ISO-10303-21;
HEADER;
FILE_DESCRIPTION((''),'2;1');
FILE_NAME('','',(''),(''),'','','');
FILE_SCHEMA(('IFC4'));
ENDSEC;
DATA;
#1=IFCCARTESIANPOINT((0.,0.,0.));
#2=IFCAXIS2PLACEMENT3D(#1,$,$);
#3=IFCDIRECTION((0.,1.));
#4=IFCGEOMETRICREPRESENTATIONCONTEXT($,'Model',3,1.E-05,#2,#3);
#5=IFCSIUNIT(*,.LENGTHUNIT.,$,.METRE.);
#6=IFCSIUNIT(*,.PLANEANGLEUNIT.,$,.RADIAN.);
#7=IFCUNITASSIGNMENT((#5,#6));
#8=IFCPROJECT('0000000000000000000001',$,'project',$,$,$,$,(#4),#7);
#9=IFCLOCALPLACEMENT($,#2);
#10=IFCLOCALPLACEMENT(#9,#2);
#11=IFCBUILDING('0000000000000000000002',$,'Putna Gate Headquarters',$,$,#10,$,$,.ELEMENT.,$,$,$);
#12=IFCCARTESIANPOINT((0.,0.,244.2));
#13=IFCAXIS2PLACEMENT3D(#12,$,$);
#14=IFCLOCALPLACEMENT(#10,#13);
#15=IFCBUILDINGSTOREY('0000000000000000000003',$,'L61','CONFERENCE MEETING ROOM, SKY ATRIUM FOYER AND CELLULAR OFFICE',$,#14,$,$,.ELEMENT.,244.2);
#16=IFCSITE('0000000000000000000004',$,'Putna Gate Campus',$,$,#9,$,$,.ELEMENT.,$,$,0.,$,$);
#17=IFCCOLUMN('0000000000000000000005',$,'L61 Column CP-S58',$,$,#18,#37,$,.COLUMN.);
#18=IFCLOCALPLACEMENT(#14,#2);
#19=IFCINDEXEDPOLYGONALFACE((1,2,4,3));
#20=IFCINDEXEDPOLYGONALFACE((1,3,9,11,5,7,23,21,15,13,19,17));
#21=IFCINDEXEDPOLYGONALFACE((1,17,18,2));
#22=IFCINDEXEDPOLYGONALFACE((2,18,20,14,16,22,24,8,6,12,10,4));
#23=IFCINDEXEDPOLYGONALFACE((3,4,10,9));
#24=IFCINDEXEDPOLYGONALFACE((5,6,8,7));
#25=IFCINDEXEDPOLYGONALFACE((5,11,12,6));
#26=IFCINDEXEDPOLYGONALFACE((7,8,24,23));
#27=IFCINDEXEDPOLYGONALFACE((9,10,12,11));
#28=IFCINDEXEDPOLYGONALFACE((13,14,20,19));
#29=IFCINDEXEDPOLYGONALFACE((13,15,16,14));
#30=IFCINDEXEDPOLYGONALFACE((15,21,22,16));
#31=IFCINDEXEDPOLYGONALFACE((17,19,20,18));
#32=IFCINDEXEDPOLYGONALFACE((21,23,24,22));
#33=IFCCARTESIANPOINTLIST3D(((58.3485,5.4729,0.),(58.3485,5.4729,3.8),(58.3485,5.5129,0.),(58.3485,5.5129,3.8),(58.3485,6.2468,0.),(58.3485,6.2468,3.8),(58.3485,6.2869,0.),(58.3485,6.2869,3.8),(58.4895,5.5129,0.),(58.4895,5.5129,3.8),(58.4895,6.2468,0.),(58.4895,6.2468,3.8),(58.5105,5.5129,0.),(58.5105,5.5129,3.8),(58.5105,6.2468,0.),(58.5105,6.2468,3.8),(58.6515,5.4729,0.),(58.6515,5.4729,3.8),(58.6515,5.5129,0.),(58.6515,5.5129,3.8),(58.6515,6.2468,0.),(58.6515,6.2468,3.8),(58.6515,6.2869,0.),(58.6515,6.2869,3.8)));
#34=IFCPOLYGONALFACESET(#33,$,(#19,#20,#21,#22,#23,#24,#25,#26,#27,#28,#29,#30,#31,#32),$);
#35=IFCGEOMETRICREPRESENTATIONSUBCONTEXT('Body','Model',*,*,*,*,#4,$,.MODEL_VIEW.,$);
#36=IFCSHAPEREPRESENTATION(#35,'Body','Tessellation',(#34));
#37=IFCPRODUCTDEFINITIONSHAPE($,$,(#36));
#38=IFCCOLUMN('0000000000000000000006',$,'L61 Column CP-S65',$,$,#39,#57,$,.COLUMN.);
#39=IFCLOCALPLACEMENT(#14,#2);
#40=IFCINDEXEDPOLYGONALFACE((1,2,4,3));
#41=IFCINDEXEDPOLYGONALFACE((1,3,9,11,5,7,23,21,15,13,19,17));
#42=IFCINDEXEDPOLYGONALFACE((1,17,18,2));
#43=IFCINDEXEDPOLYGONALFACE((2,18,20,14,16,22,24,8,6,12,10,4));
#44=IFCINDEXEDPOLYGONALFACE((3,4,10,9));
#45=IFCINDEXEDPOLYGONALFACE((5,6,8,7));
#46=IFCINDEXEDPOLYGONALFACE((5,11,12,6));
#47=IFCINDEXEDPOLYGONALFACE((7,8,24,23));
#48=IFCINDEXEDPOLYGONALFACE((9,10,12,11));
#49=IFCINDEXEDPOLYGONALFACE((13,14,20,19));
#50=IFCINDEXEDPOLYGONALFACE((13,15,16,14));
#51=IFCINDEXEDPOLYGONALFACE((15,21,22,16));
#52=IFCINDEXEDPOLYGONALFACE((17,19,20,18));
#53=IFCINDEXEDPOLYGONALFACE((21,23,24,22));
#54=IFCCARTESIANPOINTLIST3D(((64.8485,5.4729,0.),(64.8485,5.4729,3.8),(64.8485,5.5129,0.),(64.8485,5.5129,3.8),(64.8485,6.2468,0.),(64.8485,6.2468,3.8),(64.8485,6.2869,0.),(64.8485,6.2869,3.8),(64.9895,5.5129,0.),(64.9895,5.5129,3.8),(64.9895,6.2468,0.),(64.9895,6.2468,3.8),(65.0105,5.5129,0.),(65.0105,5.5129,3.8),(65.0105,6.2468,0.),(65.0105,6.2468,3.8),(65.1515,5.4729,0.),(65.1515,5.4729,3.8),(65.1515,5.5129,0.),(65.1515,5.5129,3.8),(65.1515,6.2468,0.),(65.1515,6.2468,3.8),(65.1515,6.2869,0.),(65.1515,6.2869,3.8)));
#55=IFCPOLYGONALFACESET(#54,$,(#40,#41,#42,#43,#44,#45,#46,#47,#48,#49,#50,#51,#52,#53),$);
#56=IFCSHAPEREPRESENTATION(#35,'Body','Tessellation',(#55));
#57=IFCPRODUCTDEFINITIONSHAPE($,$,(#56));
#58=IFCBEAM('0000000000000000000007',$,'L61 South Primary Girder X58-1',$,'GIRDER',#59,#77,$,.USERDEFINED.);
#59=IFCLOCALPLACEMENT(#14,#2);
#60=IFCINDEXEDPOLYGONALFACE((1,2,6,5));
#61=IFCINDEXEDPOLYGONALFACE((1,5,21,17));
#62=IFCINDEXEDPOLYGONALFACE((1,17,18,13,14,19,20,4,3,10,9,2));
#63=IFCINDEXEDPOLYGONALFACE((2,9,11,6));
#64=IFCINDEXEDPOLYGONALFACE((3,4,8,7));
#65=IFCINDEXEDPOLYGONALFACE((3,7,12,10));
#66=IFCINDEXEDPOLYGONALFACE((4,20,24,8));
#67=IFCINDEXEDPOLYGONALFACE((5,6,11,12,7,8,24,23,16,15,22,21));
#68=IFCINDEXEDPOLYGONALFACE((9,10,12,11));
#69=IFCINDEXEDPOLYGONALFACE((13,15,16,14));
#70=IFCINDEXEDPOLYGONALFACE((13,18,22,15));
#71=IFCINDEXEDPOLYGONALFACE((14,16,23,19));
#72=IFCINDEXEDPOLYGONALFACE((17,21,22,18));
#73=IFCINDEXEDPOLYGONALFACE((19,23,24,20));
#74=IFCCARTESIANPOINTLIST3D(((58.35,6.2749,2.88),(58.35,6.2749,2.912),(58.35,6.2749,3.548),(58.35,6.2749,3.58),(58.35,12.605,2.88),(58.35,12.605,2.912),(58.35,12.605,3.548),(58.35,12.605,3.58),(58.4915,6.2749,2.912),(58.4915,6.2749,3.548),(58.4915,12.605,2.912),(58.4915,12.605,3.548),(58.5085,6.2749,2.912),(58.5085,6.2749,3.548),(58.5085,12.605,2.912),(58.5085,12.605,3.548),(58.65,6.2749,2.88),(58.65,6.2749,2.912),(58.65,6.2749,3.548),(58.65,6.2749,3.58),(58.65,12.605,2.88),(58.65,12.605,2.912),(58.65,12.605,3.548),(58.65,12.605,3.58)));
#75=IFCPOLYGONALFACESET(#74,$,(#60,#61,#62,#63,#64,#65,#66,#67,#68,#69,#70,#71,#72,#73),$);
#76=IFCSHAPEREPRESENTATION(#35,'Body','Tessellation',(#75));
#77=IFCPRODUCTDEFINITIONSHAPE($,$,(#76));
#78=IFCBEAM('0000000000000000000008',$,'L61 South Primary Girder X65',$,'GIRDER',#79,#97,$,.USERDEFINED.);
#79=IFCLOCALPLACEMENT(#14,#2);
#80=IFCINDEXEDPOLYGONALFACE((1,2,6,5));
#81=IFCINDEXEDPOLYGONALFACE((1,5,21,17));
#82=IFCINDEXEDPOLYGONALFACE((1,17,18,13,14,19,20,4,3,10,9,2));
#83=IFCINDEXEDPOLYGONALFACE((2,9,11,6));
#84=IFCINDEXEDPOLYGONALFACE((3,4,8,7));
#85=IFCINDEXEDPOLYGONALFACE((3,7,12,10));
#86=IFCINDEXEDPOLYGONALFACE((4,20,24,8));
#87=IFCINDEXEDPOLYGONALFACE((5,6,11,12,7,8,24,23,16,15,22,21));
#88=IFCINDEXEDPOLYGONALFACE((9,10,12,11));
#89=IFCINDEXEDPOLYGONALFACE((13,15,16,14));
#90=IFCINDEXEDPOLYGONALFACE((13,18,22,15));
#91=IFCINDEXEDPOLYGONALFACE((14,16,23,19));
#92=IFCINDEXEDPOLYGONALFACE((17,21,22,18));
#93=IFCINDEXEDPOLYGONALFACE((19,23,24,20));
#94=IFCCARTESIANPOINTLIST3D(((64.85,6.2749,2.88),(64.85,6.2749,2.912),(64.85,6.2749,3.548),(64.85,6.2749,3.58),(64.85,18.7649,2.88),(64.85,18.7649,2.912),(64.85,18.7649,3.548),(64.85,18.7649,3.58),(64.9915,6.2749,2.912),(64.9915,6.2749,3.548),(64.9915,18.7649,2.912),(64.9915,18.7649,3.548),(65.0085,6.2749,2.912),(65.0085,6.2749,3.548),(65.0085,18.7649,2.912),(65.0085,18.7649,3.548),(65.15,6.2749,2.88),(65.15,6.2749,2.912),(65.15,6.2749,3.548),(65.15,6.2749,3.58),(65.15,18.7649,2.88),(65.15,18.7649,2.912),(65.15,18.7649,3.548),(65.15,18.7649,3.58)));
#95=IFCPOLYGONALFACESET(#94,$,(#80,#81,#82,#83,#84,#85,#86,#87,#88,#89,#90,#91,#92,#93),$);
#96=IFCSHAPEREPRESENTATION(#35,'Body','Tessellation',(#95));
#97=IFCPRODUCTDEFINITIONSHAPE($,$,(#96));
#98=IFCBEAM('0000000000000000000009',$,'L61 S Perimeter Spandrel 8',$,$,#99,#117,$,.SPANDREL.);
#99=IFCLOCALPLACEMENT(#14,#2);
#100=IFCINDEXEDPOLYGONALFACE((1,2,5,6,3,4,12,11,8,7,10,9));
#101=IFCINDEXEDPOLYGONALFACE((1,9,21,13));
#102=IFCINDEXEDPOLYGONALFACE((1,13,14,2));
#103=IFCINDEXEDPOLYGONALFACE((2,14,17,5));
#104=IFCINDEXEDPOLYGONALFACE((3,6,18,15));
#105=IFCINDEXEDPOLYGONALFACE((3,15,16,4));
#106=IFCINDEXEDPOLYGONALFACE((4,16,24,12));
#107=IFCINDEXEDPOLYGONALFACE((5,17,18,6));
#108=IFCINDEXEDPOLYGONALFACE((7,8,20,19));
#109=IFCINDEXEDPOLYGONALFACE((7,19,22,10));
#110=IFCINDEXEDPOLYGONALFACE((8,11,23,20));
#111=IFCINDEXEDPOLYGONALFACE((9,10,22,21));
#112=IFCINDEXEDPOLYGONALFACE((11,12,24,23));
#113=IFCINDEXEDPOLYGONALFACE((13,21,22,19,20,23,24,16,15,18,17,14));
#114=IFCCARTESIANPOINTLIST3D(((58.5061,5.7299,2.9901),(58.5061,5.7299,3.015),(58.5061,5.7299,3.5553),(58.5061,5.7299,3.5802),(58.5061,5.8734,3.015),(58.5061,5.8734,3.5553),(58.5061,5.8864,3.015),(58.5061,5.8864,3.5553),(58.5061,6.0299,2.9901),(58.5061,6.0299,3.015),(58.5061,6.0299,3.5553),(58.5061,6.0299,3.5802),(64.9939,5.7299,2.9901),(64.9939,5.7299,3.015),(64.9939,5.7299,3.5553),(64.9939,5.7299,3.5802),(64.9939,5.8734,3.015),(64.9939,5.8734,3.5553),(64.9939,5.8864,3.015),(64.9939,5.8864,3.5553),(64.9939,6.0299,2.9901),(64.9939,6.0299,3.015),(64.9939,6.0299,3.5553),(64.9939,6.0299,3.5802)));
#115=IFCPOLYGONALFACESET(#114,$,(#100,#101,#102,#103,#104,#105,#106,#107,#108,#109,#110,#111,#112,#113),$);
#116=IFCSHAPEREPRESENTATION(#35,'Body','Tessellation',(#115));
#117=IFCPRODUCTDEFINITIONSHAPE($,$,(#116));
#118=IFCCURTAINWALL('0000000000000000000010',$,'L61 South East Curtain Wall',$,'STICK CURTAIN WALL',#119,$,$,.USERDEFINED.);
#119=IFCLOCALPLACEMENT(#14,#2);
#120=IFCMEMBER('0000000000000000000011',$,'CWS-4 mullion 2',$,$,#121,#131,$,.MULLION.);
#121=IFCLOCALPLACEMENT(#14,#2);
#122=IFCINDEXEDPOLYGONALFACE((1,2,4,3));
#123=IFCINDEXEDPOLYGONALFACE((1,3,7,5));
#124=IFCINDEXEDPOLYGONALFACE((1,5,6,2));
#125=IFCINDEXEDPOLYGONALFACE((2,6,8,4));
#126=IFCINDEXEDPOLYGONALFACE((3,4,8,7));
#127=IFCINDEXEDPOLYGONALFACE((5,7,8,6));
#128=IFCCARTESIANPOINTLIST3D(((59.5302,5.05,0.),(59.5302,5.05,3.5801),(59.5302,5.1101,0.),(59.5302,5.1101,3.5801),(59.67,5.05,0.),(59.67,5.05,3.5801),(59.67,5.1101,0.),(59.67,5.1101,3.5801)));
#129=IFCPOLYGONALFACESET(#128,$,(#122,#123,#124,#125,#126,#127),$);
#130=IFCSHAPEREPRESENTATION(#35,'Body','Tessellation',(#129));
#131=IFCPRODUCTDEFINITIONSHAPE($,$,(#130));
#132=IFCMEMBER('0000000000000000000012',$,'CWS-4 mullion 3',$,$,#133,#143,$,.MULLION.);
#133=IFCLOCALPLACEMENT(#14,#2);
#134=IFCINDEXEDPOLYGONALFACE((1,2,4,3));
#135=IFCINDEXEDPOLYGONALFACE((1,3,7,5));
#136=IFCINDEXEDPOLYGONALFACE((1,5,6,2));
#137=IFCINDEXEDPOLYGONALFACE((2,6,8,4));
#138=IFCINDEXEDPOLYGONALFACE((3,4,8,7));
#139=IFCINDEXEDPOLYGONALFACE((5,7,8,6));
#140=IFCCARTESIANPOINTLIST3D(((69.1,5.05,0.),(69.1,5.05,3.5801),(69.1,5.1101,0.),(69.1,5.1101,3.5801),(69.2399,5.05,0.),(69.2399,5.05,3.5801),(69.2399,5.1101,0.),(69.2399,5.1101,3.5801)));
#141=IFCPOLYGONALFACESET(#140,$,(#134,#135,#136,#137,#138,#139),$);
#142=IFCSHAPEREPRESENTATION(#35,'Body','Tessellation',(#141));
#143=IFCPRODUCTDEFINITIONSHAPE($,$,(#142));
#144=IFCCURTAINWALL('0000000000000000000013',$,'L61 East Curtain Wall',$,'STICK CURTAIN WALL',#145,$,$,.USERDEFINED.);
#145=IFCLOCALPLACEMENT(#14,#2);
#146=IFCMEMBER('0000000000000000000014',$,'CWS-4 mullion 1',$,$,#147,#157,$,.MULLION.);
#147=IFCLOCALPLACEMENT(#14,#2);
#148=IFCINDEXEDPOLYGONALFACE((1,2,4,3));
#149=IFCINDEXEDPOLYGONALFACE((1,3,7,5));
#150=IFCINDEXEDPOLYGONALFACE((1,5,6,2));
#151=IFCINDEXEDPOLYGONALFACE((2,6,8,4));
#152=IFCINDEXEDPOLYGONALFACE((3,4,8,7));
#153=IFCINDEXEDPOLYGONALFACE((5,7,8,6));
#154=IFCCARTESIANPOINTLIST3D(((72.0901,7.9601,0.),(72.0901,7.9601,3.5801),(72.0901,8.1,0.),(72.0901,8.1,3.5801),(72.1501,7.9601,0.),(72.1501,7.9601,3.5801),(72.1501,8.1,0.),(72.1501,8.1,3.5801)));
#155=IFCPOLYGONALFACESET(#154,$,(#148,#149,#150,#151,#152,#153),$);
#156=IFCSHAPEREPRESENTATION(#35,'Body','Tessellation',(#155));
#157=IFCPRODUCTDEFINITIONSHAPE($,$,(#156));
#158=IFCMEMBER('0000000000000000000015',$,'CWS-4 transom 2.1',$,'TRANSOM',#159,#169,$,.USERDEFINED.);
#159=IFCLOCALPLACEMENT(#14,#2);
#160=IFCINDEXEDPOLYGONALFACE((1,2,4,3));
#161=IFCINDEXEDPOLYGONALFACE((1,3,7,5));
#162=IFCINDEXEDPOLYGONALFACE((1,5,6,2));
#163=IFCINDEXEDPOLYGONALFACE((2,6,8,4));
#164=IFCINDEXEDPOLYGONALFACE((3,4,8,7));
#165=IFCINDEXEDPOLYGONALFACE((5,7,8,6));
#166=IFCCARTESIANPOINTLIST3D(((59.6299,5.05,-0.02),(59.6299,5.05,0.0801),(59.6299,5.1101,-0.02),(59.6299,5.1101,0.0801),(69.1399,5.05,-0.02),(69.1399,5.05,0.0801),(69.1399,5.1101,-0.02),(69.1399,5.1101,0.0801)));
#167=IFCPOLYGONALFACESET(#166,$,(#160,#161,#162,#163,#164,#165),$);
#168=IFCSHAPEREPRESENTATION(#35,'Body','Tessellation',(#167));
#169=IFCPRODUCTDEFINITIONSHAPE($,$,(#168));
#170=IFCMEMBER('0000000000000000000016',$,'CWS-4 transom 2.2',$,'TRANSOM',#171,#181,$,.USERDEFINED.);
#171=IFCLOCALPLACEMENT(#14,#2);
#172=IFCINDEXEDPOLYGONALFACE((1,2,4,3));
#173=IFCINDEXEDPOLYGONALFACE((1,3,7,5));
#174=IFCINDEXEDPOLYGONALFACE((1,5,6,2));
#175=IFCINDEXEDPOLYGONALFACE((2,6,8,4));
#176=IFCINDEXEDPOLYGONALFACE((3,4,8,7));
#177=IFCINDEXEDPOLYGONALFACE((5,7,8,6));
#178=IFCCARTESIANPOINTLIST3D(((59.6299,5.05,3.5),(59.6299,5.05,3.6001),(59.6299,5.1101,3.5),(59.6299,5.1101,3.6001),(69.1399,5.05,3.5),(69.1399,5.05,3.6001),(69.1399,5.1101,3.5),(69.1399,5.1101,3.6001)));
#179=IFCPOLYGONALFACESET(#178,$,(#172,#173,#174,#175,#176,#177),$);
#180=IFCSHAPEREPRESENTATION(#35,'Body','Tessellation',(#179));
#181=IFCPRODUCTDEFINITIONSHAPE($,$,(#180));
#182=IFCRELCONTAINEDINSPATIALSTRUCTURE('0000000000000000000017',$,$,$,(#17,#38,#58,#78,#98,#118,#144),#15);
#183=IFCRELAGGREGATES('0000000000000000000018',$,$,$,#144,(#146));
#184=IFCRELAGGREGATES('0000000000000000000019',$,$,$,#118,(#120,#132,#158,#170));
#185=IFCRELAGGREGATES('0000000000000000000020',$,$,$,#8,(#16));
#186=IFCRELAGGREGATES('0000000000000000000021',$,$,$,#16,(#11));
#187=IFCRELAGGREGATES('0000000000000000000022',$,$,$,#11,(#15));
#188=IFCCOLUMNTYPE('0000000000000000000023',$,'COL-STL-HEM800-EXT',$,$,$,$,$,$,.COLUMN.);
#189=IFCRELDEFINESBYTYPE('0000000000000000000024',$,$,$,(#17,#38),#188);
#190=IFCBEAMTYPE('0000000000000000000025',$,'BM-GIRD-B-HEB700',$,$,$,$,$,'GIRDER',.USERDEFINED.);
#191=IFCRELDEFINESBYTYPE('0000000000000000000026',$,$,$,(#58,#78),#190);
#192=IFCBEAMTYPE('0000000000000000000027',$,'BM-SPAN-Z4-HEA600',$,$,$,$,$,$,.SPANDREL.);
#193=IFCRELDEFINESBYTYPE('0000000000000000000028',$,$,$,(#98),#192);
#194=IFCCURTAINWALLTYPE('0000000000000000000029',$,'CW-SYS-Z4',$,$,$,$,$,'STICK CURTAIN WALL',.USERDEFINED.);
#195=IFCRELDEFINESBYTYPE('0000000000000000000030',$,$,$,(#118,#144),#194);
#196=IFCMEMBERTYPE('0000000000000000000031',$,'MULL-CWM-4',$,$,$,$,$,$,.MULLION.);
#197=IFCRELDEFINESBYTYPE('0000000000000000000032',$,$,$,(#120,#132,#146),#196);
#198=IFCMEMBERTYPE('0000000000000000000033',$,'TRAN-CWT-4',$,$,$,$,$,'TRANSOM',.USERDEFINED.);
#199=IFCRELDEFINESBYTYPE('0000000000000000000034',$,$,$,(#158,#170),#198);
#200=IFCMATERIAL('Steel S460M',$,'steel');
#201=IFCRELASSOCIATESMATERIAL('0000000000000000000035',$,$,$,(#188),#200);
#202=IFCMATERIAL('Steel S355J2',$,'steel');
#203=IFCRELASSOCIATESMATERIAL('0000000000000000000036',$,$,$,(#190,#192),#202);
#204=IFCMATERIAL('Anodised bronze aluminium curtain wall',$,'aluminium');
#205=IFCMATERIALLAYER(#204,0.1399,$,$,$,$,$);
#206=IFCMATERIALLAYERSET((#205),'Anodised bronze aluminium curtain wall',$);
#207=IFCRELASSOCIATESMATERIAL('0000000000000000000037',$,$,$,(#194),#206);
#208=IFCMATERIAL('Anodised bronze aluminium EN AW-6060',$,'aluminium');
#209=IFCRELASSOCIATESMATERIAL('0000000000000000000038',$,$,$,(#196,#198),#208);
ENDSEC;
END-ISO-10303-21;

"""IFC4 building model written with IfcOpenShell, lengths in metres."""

from ifc_helpers import new_model, si_unit, direction, frame, origin, origin_2d, place, context, subcontext, project, spatial, rectangle, i_section, extrude, material, layer, layer_set, material_profile, profile_set, type_object, element, aggregate, save


model = new_model("IFC4")

# Units and contexts
model_context = context("Model", 3, precision=1e-05, world=origin(), true_north=direction((0.0, 1.0)))
body_context = subcontext(model_context, "Body", "Model", "MODEL_VIEW")
ifc_project = project(units=[si_unit("LENGTHUNIT", "METRE"), si_unit("PLANEANGLEUNIT", "RADIAN")], contexts=[model_context])

# Site, building, storey
site_placement = place(None, origin())
site = spatial("IfcSite", under=ifc_project, at=site_placement, Name="Putna Gate Campus", CompositionType="ELEMENT", RefElevation=0.0)
building_placement = place(site_placement, origin())
building = spatial("IfcBuilding", under=site, at=building_placement, Name="Putna Gate Headquarters", CompositionType="ELEMENT")
storey_placement = place(building_placement, frame((0.0, 0.0, 244.2)))
storey = spatial("IfcBuildingStorey", under=building, at=storey_placement, Name="L61", Description="CONFERENCE MEETING ROOM, SKY ATRIUM FOYER AND CELLULAR OFFICE", CompositionType="ELEMENT", Elevation=244.2)

# Columns
ifc_material_1 = material(Name="Steel S460M", Category="steel")
ifc_material_profile_1 = material_profile(ifc_material_1, i_section(OverallWidth=0.303, OverallDepth=0.814, WebThickness=0.021, FlangeThickness=0.04, at=origin_2d()), Name="Steel S460M")
ifc_profile_set_1 = profile_set([ifc_material_profile_1], Name="Steel S460M")
column_type = type_object("IfcColumnType", Name="COL-STL-HEM800-EXT", PredefinedType="COLUMN", material=ifc_profile_set_1)
for number, where, z_axis, x_axis, name in (
    (1, (58.5, 5.8799, 0.0), (0.0, 0.0, 1.0), (1.0, 0.0, 0.0), "L61 Column CP-S58"),
    (2, (65.0, 5.8799, 0.0), (0.0, 0.0, 1.0), (1.0, 0.0, 0.0), "L61 Column CP-S65"),
):
    element("IfcColumn", number, at=place(storey_placement, frame(where, z_axis=z_axis, x_axis=x_axis)), inside=storey, type_object=column_type, Name=name, PredefinedType="COLUMN", context=body_context, shape_type="SweptSolid", body=[
        extrude(i_section(OverallWidth=0.303, OverallDepth=0.814, WebThickness=0.021, FlangeThickness=0.04, at=origin_2d()), origin(), (0.0, 0.0, 1.0), 3.8),
    ])

# Beams
ifc_material_2 = material(Name="Steel S355J2", Category="steel")
ifc_material_profile_2 = material_profile(ifc_material_2, i_section(OverallWidth=0.3, OverallDepth=0.7, WebThickness=0.0171, FlangeThickness=0.032, at=origin_2d()), Name="Steel S355J2")
ifc_profile_set_2 = profile_set([ifc_material_profile_2], Name="Steel S355J2")
beam_type_1 = type_object("IfcBeamType", Name="BM-GIRD-B-HEB700", ElementType="GIRDER", PredefinedType="USERDEFINED", material=ifc_profile_set_2)
beam_1_placement = place(storey_placement, frame((58.5, 6.2749, 3.23), z_axis=(0.0, 1.0, 0.0), x_axis=(-1.0, 0.0, 0.0)))
element("IfcBeam", 3, at=beam_1_placement, inside=storey, type_object=beam_type_1, Name="L61 South Primary Girder X58-1", ObjectType="GIRDER", PredefinedType="USERDEFINED", context=body_context, shape_type="SweptSolid", body=[
    extrude(i_section(OverallWidth=0.3, OverallDepth=0.7, WebThickness=0.0171, FlangeThickness=0.032, at=origin_2d()), origin(), (0.0, 0.0, 1.0), 6.3301),
])
beam_2_placement = place(storey_placement, frame((65.0, 6.2749, 3.23), z_axis=(0.0, 1.0, 0.0), x_axis=(-1.0, 0.0, 0.0)))
element("IfcBeam", 4, at=beam_2_placement, inside=storey, type_object=beam_type_1, Name="L61 South Primary Girder X65", ObjectType="GIRDER", PredefinedType="USERDEFINED", context=body_context, shape_type="SweptSolid", body=[
    extrude(i_section(OverallWidth=0.3, OverallDepth=0.7, WebThickness=0.0171, FlangeThickness=0.032, at=origin_2d()), origin(), (0.0, 0.0, 1.0), 12.49),
])
ifc_material_profile_3 = material_profile(ifc_material_2, i_section(OverallWidth=0.3, OverallDepth=0.5901, WebThickness=0.0129, FlangeThickness=0.0249, at=origin_2d()), Name="Steel S355J2")
ifc_profile_set_3 = profile_set([ifc_material_profile_3], Name="Steel S355J2")
beam_type_2 = type_object("IfcBeamType", Name="BM-SPAN-Z4-HEA600", PredefinedType="SPANDREL", material=ifc_profile_set_3)
beam_3_placement = place(storey_placement, frame((58.5061, 5.8799, 3.2852), z_axis=(1.0, 0.0, 0.0), x_axis=(0.0, 1.0, 0.0)))
element("IfcBeam", 5, at=beam_3_placement, inside=storey, type_object=beam_type_2, Name="L61 S Perimeter Spandrel 8", PredefinedType="SPANDREL", context=body_context, shape_type="SweptSolid", body=[
    extrude(i_section(OverallWidth=0.3, OverallDepth=0.5901, WebThickness=0.0129, FlangeThickness=0.0249, at=origin_2d()), origin(), (0.0, 0.0, 1.0), 6.4878),
])

# Curtain wall, members
ifc_material_3 = material(Name="Anodised bronze aluminium curtain wall", Category="aluminium")
ifc_layer_1 = layer(ifc_material_3, 0.1399)
ifc_layer_set_1 = layer_set([ifc_layer_1], Name="Anodised bronze aluminium curtain wall")
curtain_wall_type = type_object("IfcCurtainWallType", Name="CW-SYS-Z4", ElementType="STICK CURTAIN WALL", PredefinedType="USERDEFINED", material=ifc_layer_set_1)
curtain_wall_1_placement = place(storey_placement, origin())
curtain_wall_1 = element("IfcCurtainWall", 6, at=curtain_wall_1_placement, inside=storey, type_object=curtain_wall_type, Name="L61 South East Curtain Wall", ObjectType="STICK CURTAIN WALL", PredefinedType="USERDEFINED")
ifc_material_4 = material(Name="Anodised bronze aluminium EN AW-6060", Category="aluminium")
ifc_material_profile_4 = material_profile(ifc_material_4, rectangle(XDim=0.0601, YDim=0.1399, at=origin_2d()), Name="Anodised bronze aluminium EN AW-6060")
ifc_profile_set_4 = profile_set([ifc_material_profile_4], Name="Anodised bronze aluminium EN AW-6060")
member_type_1 = type_object("IfcMemberType", Name="MULL-CWM-4", PredefinedType="MULLION", material=ifc_profile_set_4)
member_1_placement = place(storey_placement, frame((59.6001, 5.0801, 0.0), z_axis=(0.0, 0.0, 1.0), x_axis=(0.0, 1.0, 0.0)))
member_1 = element("IfcMember", 7, at=member_1_placement, type_object=member_type_1, Name="CWS-4 mullion 2", PredefinedType="MULLION", context=body_context, shape_type="SweptSolid", body=[
    extrude(rectangle(XDim=0.0601, YDim=0.1399, at=origin_2d()), origin(), (0.0, 0.0, 1.0), 3.5801),
])
member_2_placement = place(storey_placement, frame((69.1699, 5.0801, 0.0), z_axis=(0.0, 0.0, 1.0), x_axis=(0.0, 1.0, 0.0)))
member_2 = element("IfcMember", 8, at=member_2_placement, type_object=member_type_1, Name="CWS-4 mullion 3", PredefinedType="MULLION", context=body_context, shape_type="SweptSolid", body=[
    extrude(rectangle(XDim=0.0601, YDim=0.1399, at=origin_2d()), origin(), (0.0, 0.0, 1.0), 3.5801),
])

# Curtain wall, member
curtain_wall_2_placement = place(storey_placement, origin())
curtain_wall_2 = element("IfcCurtainWall", 9, at=curtain_wall_2_placement, inside=storey, type_object=curtain_wall_type, Name="L61 East Curtain Wall", ObjectType="STICK CURTAIN WALL", PredefinedType="USERDEFINED")
member_3_placement = place(storey_placement, frame((72.1201, 8.03, 0.0), z_axis=(0.0, 0.0, 1.0), x_axis=(-1.0, 0.0, 0.0)))
member_3 = element("IfcMember", 10, at=member_3_placement, type_object=member_type_1, Name="CWS-4 mullion 1", PredefinedType="MULLION", context=body_context, shape_type="SweptSolid", body=[
    extrude(rectangle(XDim=0.0601, YDim=0.1399, at=origin_2d()), origin(), (0.0, 0.0, 1.0), 3.5801),
])

# Members
ifc_material_profile_5 = material_profile(ifc_material_4, rectangle(XDim=0.0601, YDim=0.1001, at=origin_2d()), Name="Anodised bronze aluminium EN AW-6060")
ifc_profile_set_5 = profile_set([ifc_material_profile_5], Name="Anodised bronze aluminium EN AW-6060")
member_type_2 = type_object("IfcMemberType", Name="TRAN-CWT-4", ElementType="TRANSOM", PredefinedType="USERDEFINED", material=ifc_profile_set_5)
member_4_placement = place(storey_placement, frame((59.6299, 5.0801, 0.03), z_axis=(1.0, 0.0, 0.0), x_axis=(0.0, 1.0, 0.0)))
member_4 = element("IfcMember", 11, at=member_4_placement, type_object=member_type_2, Name="CWS-4 transom 2.1", ObjectType="TRANSOM", PredefinedType="USERDEFINED", context=body_context, shape_type="SweptSolid", body=[
    extrude(rectangle(XDim=0.0601, YDim=0.1001, at=origin_2d()), origin(), (0.0, 0.0, 1.0), 9.51),
])
member_5_placement = place(storey_placement, frame((59.6299, 5.0801, 3.55), z_axis=(1.0, 0.0, 0.0), x_axis=(0.0, 1.0, 0.0)))
member_5 = element("IfcMember", 12, at=member_5_placement, type_object=member_type_2, Name="CWS-4 transom 2.2", ObjectType="TRANSOM", PredefinedType="USERDEFINED", context=body_context, shape_type="SweptSolid", body=[
    extrude(rectangle(XDim=0.0601, YDim=0.1001, at=origin_2d()), origin(), (0.0, 0.0, 1.0), 9.51),
])
aggregate(curtain_wall_2, [member_3])

aggregate(curtain_wall_1, [member_1, member_2, member_4, member_5])

save(model, "model.ifc")
